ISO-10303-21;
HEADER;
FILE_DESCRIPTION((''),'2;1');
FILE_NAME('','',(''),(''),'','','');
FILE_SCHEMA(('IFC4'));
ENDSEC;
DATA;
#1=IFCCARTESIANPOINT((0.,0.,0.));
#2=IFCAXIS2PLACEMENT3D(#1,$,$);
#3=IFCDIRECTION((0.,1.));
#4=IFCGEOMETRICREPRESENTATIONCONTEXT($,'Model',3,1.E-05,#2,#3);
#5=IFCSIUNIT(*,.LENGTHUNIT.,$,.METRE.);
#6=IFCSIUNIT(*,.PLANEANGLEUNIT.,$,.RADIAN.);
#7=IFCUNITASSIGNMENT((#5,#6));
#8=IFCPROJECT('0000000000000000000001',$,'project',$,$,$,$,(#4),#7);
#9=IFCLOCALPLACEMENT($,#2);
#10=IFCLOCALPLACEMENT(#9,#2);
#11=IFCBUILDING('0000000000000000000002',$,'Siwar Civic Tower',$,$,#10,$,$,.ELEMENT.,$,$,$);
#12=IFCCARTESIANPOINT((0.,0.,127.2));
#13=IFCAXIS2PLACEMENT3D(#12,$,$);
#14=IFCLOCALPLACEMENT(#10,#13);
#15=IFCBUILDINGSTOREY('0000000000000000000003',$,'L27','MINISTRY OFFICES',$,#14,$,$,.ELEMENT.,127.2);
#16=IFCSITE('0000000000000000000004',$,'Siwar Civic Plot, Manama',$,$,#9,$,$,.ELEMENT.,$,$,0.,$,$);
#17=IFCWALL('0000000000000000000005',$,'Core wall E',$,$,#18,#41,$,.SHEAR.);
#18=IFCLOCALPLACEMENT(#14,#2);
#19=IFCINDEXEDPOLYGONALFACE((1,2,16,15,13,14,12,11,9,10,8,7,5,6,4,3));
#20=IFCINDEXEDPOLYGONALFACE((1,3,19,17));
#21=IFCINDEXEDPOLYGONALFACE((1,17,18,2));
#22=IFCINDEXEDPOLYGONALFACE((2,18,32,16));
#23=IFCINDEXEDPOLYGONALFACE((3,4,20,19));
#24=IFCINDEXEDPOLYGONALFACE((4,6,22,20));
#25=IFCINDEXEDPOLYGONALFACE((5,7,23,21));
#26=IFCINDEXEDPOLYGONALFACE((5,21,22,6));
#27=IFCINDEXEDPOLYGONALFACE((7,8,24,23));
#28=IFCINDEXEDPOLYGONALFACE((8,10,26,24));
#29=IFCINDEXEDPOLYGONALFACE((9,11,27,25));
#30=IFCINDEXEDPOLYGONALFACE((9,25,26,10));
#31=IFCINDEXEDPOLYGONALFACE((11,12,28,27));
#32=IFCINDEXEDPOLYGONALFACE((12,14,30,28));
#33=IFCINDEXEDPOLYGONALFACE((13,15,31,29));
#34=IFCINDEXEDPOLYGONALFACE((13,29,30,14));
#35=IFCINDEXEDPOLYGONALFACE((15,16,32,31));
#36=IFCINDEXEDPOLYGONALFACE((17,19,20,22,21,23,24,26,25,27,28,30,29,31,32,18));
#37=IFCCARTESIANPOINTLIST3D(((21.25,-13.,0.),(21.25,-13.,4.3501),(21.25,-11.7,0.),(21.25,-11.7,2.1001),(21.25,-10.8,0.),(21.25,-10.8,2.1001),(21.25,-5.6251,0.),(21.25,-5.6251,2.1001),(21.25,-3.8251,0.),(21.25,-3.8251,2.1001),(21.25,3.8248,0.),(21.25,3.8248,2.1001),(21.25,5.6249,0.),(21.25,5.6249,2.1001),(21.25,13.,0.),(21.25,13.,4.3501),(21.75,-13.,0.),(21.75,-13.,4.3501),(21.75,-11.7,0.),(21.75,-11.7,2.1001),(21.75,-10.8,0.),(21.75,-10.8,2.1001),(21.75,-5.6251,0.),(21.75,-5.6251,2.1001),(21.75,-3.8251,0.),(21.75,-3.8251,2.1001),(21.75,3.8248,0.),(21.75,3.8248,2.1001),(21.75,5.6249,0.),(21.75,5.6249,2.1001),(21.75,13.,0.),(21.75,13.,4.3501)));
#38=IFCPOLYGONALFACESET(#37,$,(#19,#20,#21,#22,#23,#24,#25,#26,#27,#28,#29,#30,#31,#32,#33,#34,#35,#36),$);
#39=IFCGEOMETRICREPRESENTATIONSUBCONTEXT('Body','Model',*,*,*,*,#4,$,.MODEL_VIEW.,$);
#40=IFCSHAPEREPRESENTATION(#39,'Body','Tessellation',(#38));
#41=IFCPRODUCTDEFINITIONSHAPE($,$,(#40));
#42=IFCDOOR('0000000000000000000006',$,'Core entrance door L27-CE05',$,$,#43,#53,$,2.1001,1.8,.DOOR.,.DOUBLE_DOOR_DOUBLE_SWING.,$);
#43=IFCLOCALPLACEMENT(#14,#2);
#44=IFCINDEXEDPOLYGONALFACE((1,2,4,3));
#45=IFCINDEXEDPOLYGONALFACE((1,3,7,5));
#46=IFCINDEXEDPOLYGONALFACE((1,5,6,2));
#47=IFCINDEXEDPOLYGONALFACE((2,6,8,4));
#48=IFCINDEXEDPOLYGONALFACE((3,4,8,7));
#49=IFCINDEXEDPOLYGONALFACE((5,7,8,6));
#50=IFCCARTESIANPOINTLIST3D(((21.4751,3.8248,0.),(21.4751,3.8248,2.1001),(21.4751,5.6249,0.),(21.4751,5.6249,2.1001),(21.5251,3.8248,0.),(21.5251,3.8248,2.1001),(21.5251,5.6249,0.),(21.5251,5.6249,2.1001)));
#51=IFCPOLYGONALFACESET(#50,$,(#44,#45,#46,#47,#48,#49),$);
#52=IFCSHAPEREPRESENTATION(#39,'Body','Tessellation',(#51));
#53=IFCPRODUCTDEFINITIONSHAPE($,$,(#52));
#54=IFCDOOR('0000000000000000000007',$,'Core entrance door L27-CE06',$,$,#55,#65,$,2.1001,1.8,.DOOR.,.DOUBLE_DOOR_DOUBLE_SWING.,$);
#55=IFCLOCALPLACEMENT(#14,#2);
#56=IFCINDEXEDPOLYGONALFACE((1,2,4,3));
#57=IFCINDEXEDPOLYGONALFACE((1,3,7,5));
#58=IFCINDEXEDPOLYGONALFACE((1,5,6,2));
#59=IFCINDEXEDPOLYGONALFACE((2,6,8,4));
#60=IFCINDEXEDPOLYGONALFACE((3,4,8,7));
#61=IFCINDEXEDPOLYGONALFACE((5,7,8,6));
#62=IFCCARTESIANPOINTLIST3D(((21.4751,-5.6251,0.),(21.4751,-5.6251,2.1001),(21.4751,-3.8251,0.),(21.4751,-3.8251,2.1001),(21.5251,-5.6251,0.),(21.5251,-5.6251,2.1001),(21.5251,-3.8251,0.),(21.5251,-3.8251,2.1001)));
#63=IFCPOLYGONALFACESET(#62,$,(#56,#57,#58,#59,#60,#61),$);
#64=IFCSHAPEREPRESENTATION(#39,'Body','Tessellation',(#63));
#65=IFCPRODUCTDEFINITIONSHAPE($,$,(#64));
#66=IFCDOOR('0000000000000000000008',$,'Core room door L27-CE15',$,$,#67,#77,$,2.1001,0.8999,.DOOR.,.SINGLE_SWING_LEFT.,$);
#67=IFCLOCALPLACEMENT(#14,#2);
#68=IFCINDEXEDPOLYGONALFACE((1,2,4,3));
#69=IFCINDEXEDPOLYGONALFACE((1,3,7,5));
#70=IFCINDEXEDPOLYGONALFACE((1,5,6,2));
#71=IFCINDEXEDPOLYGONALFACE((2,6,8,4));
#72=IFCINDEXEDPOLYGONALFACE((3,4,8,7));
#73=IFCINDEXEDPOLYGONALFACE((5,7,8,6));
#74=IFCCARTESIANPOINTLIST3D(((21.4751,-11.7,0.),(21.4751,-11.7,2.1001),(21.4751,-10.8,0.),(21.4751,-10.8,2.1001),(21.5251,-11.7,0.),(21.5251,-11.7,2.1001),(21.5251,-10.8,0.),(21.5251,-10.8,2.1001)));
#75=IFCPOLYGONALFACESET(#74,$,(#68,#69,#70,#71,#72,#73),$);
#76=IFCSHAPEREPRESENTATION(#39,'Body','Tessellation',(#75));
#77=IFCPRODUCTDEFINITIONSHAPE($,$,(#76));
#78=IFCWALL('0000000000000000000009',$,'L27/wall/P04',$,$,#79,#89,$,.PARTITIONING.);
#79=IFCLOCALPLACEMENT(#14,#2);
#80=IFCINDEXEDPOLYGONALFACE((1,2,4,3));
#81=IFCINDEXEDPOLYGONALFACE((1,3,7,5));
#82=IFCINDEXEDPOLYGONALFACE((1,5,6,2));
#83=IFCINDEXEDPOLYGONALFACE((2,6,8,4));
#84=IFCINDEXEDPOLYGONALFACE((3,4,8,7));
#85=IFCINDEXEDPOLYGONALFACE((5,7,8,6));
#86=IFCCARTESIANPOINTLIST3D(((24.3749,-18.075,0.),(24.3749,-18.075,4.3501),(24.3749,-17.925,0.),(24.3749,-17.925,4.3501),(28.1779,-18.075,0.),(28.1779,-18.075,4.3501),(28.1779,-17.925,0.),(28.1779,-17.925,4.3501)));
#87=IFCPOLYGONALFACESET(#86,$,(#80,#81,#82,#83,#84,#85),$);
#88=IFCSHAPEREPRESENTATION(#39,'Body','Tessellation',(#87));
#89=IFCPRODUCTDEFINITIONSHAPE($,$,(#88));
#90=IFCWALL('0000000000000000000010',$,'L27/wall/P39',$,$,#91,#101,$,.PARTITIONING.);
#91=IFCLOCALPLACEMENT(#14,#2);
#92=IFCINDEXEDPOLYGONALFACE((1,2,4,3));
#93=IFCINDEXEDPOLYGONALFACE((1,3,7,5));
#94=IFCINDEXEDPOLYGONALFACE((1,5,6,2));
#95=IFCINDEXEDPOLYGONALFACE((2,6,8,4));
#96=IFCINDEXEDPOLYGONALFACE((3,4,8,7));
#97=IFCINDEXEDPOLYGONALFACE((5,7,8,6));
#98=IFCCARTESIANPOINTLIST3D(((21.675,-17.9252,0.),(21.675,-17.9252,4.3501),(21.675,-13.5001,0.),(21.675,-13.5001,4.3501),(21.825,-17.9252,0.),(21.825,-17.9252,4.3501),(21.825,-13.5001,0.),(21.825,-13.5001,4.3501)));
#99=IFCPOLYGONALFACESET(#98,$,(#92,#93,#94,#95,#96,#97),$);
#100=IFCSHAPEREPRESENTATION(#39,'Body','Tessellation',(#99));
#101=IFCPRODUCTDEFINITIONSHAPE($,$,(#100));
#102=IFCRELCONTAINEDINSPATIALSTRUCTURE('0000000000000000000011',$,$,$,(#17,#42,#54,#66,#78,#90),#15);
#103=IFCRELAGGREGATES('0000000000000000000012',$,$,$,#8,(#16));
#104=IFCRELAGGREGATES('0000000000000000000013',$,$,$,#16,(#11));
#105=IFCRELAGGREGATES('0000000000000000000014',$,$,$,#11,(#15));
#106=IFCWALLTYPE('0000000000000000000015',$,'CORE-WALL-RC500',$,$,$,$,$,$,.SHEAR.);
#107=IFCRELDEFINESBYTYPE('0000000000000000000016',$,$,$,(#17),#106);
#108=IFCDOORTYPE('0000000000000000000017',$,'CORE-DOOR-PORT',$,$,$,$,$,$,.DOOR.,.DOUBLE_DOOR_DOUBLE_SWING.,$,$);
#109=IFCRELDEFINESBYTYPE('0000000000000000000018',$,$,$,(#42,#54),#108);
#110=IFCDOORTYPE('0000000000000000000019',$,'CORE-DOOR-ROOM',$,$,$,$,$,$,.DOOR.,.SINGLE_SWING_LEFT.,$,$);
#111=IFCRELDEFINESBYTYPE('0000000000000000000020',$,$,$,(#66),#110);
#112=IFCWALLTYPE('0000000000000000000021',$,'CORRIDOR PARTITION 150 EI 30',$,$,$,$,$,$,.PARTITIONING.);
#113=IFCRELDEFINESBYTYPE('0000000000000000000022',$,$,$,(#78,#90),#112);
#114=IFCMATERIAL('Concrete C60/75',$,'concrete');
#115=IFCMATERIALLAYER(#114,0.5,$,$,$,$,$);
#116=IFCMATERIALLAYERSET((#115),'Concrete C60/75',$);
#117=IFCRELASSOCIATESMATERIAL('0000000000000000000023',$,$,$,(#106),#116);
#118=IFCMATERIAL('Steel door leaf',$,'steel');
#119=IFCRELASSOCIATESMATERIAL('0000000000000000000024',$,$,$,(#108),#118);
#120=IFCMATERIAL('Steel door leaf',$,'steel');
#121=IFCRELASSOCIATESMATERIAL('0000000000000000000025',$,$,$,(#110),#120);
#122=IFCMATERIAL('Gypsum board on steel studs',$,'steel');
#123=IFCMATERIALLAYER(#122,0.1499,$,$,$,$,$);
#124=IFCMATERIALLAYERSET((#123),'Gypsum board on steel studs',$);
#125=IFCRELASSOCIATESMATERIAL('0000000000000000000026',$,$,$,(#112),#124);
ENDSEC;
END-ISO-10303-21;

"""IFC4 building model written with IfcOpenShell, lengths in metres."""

from ifc_helpers import new_model, si_unit, direction, frame, frame_2d, origin, place, context, subcontext, project, spatial, rectangle, extrude, material, layer, layer_set, type_object, element, fill, save


model = new_model("IFC4")

# Units and contexts
model_context = context("Model", 3, precision=1e-05, world=origin(), true_north=direction((0.0, 1.0)))
body_context = subcontext(model_context, "Body", "Model", "MODEL_VIEW")
ifc_project = project(units=[si_unit("LENGTHUNIT", "METRE"), si_unit("PLANEANGLEUNIT", "RADIAN")], contexts=[model_context])

# Site, building, storey
site_placement = place(None, origin())
site = spatial("IfcSite", under=ifc_project, at=site_placement, Name="Siwar Civic Plot, Manama", CompositionType="ELEMENT", RefElevation=0.0)
building_placement = place(site_placement, origin())
building = spatial("IfcBuilding", under=site, at=building_placement, Name="Siwar Civic Tower", CompositionType="ELEMENT")
storey_placement = place(building_placement, frame((0.0, 0.0, 127.2)))
storey = spatial("IfcBuildingStorey", under=building, at=storey_placement, Name="L27", Description="MINISTRY OFFICES", CompositionType="ELEMENT", Elevation=127.2)

# Wall, openings, doors
ifc_material_1 = material(Name="Concrete C60/75", Category="concrete")
ifc_layer_1 = layer(ifc_material_1, 0.5)
ifc_layer_set_1 = layer_set([ifc_layer_1], Name="Concrete C60/75")
wall_type_1 = type_object("IfcWallType", Name="CORE-WALL-RC500", PredefinedType="SHEAR", material=ifc_layer_set_1)
wall_1_placement = place(storey_placement, frame((21.5, -13.0, 0.0), z_axis=(0.0, 0.0, 1.0), x_axis=(0.0, 1.0, 0.0)))
wall_1 = element("IfcWall", 1, at=wall_1_placement, inside=storey, type_object=wall_type_1, Name="Core wall E", PredefinedType="SHEAR", context=body_context, shape_type="SweptSolid", body=[
    extrude(rectangle(XDim=26.0, YDim=0.5, at=frame_2d((13.0, 0.0))), origin(), (0.0, 0.0, 1.0), 4.3501),
])
opening_1_placement = place(wall_1_placement, frame((16.825, 0.0, 0.0)))
opening_1 = element("IfcOpeningElement", 2, at=opening_1_placement, cuts=wall_1, PredefinedType="OPENING", context=body_context, shape_type="SweptSolid", body=[
    extrude(rectangle(XDim=1.8, YDim=2.1001, at=frame_2d((0.8999, 1.05))), frame((0.0, 0.26, 0.0), z_axis=(0.0, -1.0, 0.0), x_axis=(1.0, 0.0, 0.0)), (0.0, 0.0, 1.0), 0.52),
])
opening_2_placement = place(wall_1_placement, frame((7.375, 0.0, 0.0)))
opening_2 = element("IfcOpeningElement", 3, at=opening_2_placement, cuts=wall_1, PredefinedType="OPENING", context=body_context, shape_type="SweptSolid", body=[
    extrude(rectangle(XDim=1.8, YDim=2.1001, at=frame_2d((0.8999, 1.05))), frame((0.0, 0.26, 0.0), z_axis=(0.0, -1.0, 0.0), x_axis=(1.0, 0.0, 0.0)), (0.0, 0.0, 1.0), 0.52),
])
opening_3_placement = place(wall_1_placement, frame((1.3, 0.0, 0.0)))
opening_3 = element("IfcOpeningElement", 4, at=opening_3_placement, cuts=wall_1, PredefinedType="OPENING", context=body_context, shape_type="SweptSolid", body=[
    extrude(rectangle(XDim=0.8999, YDim=2.1001, at=frame_2d((0.45, 1.05))), frame((0.0, 0.26, 0.0), z_axis=(0.0, -1.0, 0.0), x_axis=(1.0, 0.0, 0.0)), (0.0, 0.0, 1.0), 0.52),
])
ifc_material_2 = material(Name="Steel door leaf", Category="steel")
door_type_1 = type_object("IfcDoorType", Name="CORE-DOOR-PORT", OperationType="DOUBLE_DOOR_DOUBLE_SWING", PredefinedType="DOOR", material=ifc_material_2)
door_1_placement = place(opening_1_placement, origin())
door_1 = element("IfcDoor", 5, at=door_1_placement, inside=storey, type_object=door_type_1, Name="Core entrance door L27-CE05", OperationType="DOUBLE_DOOR_DOUBLE_SWING", OverallHeight=2.1001, OverallWidth=1.8, PredefinedType="DOOR", context=body_context, shape_type="SweptSolid", body=[
    extrude(rectangle(XDim=1.8, YDim=2.1001, at=frame_2d((0.8999, 1.05))), frame((0.0, 0.0249, 0.0), z_axis=(0.0, -1.0, 0.0), x_axis=(1.0, 0.0, 0.0)), (0.0, 0.0, 1.0), 0.05),
])
fill(opening_1, door_1)
door_2_placement = place(opening_2_placement, origin())
door_2 = element("IfcDoor", 6, at=door_2_placement, inside=storey, type_object=door_type_1, Name="Core entrance door L27-CE06", OperationType="DOUBLE_DOOR_DOUBLE_SWING", OverallHeight=2.1001, OverallWidth=1.8, PredefinedType="DOOR", context=body_context, shape_type="SweptSolid", body=[
    extrude(rectangle(XDim=1.8, YDim=2.1001, at=frame_2d((0.8999, 1.05))), frame((0.0, 0.0249, 0.0), z_axis=(0.0, -1.0, 0.0), x_axis=(1.0, 0.0, 0.0)), (0.0, 0.0, 1.0), 0.05),
])
fill(opening_2, door_2)
ifc_material_3 = material(Name="Steel door leaf", Category="steel")
door_type_2 = type_object("IfcDoorType", Name="CORE-DOOR-ROOM", OperationType="SINGLE_SWING_LEFT", PredefinedType="DOOR", material=ifc_material_3)
door_3_placement = place(opening_3_placement, origin())
door_3 = element("IfcDoor", 7, at=door_3_placement, inside=storey, type_object=door_type_2, Name="Core room door L27-CE15", OperationType="SINGLE_SWING_LEFT", OverallHeight=2.1001, OverallWidth=0.8999, PredefinedType="DOOR", context=body_context, shape_type="SweptSolid", body=[
    extrude(rectangle(XDim=0.8999, YDim=2.1001, at=frame_2d((0.45, 1.05))), frame((0.0, 0.0249, 0.0), z_axis=(0.0, -1.0, 0.0), x_axis=(1.0, 0.0, 0.0)), (0.0, 0.0, 1.0), 0.05),
])
fill(opening_3, door_3)

# Walls
ifc_material_4 = material(Name="Gypsum board on steel studs", Category="steel")
ifc_layer_2 = layer(ifc_material_4, 0.1499)
ifc_layer_set_2 = layer_set([ifc_layer_2], Name="Gypsum board on steel studs")
wall_type_2 = type_object("IfcWallType", Name="CORRIDOR PARTITION 150 EI 30", PredefinedType="PARTITIONING", material=ifc_layer_set_2)
wall_2_placement = place(storey_placement, frame((24.375, -18.0, 0.0), z_axis=(0.0, 0.0, 1.0), x_axis=(1.0, 0.0, 0.0)))
element("IfcWall", 8, at=wall_2_placement, inside=storey, type_object=wall_type_2, Name="L27/wall/P04", PredefinedType="PARTITIONING", context=body_context, shape_type="SweptSolid", body=[
    extrude(rectangle(XDim=3.803, YDim=0.1499, at=frame_2d((1.9014, 0.0))), origin(), (0.0, 0.0, 1.0), 4.3501),
])
wall_3_placement = place(storey_placement, frame((21.75, -17.925, 0.0), z_axis=(0.0, 0.0, 1.0), x_axis=(0.0, 1.0, 0.0)))
element("IfcWall", 9, at=wall_3_placement, inside=storey, type_object=wall_type_2, Name="L27/wall/P39", PredefinedType="PARTITIONING", context=body_context, shape_type="SweptSolid", body=[
    extrude(rectangle(XDim=4.425, YDim=0.1499, at=frame_2d((2.2124, 0.0))), origin(), (0.0, 0.0, 1.0), 4.3501),
])

save(model, "model.ifc")
